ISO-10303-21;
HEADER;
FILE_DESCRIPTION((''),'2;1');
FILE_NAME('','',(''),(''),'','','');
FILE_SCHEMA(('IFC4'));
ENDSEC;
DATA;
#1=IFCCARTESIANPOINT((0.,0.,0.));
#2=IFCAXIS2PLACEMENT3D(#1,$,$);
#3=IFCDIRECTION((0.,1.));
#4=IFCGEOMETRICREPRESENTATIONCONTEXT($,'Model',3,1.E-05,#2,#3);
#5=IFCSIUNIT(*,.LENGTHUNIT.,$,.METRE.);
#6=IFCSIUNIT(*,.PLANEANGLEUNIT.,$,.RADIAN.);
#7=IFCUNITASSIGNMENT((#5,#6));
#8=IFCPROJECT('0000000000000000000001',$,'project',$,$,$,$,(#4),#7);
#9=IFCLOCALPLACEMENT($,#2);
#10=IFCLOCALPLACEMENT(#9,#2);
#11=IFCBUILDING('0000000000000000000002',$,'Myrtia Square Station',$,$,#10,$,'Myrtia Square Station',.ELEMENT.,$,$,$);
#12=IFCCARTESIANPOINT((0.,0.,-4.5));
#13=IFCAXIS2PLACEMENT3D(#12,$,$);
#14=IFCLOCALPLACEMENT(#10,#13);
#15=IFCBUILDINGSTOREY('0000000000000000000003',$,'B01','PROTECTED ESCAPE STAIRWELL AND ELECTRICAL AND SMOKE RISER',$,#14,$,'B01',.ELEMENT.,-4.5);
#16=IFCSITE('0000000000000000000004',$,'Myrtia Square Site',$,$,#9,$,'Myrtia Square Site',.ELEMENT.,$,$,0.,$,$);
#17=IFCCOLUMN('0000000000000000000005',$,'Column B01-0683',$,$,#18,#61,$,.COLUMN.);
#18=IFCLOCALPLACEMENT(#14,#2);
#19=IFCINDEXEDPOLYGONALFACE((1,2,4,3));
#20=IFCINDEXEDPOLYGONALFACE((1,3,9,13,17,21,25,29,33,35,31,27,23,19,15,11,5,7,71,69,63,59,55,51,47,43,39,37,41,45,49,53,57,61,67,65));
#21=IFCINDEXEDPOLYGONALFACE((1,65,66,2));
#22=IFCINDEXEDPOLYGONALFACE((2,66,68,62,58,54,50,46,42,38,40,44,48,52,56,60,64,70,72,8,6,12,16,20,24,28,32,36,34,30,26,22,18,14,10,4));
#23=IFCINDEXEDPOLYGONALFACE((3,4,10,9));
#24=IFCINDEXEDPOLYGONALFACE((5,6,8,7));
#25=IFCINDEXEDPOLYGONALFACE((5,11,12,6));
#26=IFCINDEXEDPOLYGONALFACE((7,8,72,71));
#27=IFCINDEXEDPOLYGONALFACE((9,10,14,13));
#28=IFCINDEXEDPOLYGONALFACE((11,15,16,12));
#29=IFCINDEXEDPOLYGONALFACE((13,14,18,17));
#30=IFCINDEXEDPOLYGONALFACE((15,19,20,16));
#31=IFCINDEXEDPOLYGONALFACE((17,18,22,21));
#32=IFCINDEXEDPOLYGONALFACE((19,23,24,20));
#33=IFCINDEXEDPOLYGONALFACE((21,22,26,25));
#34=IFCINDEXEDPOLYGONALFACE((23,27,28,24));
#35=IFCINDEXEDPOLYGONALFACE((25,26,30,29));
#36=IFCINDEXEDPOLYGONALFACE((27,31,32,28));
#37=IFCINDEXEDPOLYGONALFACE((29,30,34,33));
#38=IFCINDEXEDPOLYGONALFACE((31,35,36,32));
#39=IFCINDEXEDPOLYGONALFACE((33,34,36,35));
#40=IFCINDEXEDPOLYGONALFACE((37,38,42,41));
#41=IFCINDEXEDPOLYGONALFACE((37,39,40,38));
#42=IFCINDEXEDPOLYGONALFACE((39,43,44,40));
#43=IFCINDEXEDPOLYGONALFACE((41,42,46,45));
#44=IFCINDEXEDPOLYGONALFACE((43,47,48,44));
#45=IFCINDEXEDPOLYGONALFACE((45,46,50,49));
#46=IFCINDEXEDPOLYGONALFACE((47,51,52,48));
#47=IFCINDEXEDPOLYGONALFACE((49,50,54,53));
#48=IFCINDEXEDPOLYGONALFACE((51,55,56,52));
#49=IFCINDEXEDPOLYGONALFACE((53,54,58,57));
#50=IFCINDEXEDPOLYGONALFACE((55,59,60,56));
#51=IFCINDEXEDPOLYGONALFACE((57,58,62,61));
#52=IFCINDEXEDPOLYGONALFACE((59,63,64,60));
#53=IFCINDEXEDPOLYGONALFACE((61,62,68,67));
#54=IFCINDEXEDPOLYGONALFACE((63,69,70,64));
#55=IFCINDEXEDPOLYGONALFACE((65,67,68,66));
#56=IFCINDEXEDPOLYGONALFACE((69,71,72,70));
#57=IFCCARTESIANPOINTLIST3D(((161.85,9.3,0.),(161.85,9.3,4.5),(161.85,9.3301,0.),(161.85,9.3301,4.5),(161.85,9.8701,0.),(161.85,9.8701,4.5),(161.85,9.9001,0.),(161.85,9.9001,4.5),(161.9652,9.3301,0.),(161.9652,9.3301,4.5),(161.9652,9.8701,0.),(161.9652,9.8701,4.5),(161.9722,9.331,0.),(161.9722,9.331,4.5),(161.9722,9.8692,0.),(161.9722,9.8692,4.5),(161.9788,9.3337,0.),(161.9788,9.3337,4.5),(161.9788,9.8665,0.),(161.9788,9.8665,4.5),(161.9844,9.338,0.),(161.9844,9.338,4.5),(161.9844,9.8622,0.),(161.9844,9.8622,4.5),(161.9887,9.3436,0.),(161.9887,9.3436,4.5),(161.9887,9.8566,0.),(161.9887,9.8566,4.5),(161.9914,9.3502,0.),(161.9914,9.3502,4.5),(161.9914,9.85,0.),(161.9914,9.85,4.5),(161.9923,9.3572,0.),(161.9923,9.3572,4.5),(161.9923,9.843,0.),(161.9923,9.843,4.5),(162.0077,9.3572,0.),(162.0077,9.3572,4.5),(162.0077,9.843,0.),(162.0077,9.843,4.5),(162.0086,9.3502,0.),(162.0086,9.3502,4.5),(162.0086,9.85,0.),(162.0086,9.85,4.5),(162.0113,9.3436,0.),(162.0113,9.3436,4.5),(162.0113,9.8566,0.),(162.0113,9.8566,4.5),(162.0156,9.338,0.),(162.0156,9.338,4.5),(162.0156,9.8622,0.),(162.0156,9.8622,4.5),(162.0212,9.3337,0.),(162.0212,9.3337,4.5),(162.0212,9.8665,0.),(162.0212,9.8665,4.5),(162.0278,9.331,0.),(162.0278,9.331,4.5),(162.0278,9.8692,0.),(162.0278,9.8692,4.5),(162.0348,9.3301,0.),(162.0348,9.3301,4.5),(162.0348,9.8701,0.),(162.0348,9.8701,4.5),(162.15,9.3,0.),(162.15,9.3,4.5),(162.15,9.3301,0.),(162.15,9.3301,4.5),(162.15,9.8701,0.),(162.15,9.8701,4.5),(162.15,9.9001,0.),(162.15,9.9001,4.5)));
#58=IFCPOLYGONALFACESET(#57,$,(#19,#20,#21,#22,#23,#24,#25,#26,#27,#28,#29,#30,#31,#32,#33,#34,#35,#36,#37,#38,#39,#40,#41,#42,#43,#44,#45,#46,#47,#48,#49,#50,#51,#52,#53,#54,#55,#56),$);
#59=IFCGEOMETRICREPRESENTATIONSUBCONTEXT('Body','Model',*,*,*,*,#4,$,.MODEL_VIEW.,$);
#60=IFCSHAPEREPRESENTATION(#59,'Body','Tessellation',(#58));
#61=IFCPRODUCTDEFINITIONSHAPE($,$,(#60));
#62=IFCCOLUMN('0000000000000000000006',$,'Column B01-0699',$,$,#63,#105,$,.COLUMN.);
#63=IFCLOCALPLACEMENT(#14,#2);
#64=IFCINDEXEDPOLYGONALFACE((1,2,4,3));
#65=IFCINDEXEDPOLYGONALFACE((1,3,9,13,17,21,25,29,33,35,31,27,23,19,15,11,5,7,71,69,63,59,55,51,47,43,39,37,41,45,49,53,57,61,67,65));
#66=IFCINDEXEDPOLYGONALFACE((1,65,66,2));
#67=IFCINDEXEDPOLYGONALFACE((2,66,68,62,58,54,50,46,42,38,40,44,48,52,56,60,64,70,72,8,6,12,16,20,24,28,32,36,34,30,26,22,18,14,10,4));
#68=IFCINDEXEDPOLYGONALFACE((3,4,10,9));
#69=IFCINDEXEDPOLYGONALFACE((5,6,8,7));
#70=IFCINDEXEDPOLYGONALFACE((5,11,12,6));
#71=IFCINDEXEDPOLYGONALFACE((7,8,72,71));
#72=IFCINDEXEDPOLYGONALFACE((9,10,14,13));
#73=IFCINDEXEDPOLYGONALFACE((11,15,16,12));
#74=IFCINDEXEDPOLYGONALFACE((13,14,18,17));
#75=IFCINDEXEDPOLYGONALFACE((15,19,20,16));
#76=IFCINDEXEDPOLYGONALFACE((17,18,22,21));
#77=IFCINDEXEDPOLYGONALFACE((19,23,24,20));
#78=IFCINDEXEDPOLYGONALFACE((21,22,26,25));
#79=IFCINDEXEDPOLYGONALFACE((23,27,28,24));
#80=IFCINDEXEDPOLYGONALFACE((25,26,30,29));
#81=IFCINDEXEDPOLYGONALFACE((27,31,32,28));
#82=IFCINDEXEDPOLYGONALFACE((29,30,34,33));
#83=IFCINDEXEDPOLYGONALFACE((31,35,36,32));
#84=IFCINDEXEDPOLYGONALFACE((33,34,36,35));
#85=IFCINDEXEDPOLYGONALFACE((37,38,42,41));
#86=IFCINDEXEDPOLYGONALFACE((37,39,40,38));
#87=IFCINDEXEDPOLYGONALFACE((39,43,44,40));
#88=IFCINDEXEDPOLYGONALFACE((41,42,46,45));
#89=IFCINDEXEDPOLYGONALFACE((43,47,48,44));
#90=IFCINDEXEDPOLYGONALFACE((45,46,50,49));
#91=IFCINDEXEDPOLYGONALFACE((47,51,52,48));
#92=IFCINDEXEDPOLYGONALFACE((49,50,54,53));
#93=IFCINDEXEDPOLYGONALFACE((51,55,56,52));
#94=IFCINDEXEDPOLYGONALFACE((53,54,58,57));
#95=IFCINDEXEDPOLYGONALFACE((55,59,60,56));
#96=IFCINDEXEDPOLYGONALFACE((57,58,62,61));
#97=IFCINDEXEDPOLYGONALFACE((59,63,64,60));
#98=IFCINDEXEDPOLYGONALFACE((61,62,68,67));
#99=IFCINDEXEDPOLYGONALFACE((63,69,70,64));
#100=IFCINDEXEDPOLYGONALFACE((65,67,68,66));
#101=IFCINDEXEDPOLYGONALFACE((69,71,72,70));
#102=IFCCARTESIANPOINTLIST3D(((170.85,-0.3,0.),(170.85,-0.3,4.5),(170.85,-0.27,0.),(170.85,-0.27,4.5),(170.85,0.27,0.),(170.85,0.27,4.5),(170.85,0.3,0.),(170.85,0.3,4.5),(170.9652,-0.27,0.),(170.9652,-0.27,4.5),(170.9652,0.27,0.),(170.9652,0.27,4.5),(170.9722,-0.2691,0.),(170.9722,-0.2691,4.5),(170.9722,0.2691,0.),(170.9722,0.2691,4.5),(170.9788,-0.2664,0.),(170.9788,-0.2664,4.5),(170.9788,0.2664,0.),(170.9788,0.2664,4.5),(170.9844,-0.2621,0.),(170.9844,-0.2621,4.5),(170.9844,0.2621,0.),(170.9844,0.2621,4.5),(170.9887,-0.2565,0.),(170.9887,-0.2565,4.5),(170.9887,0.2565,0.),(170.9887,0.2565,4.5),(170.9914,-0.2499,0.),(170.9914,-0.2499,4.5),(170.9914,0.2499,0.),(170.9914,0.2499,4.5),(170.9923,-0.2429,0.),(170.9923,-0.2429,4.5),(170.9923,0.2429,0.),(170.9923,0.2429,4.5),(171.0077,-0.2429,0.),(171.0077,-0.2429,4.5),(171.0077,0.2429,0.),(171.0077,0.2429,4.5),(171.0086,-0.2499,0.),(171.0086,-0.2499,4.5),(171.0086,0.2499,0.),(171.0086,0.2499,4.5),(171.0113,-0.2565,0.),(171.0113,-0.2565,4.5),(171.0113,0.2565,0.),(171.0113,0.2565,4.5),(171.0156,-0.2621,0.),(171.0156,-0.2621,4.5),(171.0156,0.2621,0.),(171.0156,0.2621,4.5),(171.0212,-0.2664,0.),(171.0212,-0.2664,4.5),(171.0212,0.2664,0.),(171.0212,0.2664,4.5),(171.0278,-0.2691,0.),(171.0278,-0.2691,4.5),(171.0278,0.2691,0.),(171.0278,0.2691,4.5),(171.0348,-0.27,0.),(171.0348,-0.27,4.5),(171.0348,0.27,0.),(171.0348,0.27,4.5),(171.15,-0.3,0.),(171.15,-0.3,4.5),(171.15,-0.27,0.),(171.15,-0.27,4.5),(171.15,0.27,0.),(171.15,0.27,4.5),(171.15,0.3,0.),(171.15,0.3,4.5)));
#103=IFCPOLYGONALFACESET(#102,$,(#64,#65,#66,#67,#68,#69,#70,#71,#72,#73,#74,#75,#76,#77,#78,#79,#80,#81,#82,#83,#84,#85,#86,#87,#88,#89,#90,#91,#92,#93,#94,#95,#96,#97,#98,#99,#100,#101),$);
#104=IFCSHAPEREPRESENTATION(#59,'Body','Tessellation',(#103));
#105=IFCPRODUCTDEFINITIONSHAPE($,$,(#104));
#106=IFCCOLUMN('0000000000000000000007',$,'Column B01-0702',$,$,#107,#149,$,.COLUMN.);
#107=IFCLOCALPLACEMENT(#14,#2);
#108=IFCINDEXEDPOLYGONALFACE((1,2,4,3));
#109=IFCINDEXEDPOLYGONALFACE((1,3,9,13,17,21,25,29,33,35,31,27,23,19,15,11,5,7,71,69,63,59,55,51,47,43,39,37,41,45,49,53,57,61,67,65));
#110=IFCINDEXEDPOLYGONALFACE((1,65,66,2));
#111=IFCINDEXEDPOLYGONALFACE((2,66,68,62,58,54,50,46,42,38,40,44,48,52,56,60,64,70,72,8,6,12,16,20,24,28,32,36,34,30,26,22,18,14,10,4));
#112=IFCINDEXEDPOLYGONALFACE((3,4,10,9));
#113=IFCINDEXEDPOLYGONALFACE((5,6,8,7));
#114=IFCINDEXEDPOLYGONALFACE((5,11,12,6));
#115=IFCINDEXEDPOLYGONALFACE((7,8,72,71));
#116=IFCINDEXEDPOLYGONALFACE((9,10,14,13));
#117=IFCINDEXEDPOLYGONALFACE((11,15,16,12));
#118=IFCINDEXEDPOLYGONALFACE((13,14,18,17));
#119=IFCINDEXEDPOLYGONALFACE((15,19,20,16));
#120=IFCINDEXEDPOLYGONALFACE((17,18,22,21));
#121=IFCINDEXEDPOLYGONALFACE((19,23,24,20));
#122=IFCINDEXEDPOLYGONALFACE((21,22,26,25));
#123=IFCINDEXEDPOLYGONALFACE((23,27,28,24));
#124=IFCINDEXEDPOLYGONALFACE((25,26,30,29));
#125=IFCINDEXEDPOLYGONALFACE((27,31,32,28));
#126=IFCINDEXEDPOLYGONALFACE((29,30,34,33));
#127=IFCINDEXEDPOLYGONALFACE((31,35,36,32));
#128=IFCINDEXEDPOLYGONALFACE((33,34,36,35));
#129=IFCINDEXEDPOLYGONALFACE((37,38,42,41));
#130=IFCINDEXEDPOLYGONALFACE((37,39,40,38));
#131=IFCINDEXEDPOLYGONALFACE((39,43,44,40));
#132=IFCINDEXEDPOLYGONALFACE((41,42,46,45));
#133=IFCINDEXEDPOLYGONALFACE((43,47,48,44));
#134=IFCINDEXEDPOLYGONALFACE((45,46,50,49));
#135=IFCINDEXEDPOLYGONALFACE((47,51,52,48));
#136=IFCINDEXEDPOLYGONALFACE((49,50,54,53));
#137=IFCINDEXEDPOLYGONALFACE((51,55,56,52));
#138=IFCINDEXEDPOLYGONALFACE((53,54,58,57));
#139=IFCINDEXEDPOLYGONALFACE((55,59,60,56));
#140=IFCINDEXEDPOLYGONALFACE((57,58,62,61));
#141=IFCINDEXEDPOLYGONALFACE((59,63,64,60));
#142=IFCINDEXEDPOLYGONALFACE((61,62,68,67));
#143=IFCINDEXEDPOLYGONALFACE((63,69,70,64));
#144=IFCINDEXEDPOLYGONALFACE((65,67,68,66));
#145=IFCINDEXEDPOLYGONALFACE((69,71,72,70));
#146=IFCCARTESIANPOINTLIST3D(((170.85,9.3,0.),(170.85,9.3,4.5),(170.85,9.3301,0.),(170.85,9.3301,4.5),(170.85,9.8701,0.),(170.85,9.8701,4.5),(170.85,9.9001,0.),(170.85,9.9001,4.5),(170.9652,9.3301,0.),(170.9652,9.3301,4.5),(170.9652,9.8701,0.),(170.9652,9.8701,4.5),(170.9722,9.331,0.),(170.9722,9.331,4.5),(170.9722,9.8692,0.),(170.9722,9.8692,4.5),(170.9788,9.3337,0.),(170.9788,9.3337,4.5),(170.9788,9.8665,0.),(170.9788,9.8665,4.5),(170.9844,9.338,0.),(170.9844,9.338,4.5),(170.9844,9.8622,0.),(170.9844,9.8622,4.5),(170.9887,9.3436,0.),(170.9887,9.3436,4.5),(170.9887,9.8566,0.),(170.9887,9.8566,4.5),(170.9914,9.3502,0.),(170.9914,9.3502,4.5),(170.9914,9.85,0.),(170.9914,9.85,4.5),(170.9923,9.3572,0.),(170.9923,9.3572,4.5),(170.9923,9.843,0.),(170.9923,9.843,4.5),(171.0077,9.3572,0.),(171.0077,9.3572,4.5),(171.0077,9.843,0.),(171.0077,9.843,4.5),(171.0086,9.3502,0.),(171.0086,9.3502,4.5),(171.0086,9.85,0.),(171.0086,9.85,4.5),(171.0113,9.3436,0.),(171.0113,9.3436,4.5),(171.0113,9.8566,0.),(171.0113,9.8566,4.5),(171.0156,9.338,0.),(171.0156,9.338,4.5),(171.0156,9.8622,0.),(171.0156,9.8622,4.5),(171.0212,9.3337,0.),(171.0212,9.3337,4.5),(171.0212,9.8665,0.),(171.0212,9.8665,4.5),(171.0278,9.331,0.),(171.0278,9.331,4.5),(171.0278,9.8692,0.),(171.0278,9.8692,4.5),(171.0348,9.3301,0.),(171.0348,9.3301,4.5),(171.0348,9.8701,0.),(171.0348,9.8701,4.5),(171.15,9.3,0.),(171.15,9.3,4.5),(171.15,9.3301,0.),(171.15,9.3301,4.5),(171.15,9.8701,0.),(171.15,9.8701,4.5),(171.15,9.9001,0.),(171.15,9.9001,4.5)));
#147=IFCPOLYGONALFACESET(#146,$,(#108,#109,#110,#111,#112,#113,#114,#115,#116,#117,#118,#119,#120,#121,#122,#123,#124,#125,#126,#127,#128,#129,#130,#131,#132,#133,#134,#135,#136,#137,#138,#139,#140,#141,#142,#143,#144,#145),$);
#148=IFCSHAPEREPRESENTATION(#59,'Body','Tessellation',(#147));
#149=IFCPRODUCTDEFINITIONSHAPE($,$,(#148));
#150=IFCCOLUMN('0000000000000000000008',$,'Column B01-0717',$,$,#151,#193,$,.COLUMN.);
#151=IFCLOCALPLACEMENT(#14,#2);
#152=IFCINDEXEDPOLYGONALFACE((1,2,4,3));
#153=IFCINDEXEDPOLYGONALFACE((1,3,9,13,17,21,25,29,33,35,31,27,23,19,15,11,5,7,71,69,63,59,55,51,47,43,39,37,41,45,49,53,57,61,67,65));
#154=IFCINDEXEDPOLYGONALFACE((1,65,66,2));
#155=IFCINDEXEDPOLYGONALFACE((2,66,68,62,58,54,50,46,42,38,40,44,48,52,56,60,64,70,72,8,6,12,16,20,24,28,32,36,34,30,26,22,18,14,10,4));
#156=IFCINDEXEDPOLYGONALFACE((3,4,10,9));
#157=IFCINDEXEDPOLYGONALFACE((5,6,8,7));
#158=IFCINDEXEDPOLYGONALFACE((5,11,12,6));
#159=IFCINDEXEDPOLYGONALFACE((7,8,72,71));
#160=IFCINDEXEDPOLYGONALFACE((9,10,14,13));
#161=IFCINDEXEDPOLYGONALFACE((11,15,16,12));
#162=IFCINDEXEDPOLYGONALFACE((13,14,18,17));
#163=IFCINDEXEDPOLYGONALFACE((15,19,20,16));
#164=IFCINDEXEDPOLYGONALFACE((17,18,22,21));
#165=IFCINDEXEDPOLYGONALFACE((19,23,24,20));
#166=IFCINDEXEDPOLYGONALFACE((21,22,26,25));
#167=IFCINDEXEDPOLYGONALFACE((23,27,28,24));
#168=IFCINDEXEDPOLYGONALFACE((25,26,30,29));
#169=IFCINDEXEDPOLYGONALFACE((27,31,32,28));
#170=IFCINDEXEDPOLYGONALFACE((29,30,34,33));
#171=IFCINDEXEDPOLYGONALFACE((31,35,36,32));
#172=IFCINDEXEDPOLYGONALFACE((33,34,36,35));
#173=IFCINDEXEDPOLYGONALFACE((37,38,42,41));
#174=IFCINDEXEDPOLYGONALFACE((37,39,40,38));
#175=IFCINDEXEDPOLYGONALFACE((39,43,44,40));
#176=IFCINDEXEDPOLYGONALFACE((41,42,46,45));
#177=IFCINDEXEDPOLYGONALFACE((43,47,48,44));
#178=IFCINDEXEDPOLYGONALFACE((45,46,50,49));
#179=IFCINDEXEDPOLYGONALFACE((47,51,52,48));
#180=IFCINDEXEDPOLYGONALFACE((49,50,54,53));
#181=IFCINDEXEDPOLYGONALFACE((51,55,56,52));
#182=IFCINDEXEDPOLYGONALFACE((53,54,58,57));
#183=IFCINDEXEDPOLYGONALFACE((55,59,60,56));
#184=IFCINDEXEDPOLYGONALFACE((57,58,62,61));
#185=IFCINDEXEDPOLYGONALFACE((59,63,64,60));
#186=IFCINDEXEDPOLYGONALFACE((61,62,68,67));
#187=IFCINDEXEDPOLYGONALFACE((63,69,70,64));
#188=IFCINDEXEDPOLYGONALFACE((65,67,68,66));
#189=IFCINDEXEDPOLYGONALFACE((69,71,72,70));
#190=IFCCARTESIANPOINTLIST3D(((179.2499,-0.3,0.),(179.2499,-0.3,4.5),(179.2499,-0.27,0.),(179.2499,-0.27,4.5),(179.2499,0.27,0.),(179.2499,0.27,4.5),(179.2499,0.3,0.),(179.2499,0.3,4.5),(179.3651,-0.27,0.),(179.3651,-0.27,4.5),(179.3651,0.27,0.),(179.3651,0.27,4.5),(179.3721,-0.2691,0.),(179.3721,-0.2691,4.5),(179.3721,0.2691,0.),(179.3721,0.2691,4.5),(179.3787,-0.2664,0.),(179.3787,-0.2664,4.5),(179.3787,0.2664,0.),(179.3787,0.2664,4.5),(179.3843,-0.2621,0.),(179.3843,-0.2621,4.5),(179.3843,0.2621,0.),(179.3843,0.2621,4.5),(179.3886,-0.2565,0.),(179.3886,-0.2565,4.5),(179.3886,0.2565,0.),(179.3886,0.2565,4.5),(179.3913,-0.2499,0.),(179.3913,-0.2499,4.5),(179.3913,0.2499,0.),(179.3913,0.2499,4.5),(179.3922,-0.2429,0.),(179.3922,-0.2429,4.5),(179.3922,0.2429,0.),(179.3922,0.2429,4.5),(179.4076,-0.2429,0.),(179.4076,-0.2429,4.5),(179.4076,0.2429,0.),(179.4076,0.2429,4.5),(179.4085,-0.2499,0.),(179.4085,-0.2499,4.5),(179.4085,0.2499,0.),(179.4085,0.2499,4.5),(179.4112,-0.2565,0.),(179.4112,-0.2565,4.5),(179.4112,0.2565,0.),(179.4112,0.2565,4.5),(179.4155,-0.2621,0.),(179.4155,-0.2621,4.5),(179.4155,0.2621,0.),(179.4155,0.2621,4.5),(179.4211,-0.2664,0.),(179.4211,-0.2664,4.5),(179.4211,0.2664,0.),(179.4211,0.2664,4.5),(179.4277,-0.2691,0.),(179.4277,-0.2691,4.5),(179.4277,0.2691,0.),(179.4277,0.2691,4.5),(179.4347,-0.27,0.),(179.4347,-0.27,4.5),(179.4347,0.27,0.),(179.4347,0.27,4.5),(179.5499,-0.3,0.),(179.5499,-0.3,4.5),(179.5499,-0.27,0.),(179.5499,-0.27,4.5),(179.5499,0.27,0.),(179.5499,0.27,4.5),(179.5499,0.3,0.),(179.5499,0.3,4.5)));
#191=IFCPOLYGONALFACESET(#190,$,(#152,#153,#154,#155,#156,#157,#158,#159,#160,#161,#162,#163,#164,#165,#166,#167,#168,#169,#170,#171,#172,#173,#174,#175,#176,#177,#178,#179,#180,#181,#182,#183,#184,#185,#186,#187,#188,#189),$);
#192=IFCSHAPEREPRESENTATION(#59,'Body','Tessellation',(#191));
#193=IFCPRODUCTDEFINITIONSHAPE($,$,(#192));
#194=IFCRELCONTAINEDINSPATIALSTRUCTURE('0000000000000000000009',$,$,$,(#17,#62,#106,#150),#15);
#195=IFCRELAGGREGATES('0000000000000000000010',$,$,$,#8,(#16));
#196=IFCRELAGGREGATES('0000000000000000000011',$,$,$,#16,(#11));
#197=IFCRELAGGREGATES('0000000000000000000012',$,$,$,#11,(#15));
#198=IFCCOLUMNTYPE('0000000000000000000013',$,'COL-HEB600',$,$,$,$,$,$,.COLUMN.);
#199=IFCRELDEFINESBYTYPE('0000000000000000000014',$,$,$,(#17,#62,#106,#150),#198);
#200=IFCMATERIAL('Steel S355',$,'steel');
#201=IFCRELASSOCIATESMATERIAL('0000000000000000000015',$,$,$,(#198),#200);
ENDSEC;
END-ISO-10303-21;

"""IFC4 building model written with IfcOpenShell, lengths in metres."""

from ifc_helpers import new_model, si_unit, direction, frame, origin, origin_2d, place, context, subcontext, project, spatial, i_section, extrude, material, material_profile, profile_set, type_object, element, save


model = new_model("IFC4")

# Units and contexts
model_context = context("Model", 3, precision=1e-05, world=origin(), true_north=direction((0.0, 1.0)))
body_context = subcontext(model_context, "Body", "Model", "MODEL_VIEW")
ifc_project = project(units=[si_unit("LENGTHUNIT", "METRE"), si_unit("PLANEANGLEUNIT", "RADIAN")], contexts=[model_context])

# Site, building, storey
site_placement = place(None, origin())
site = spatial("IfcSite", under=ifc_project, at=site_placement, Name="Myrtia Square Site", LongName="Myrtia Square Site", CompositionType="ELEMENT", RefElevation=0.0)
building_placement = place(site_placement, origin())
building = spatial("IfcBuilding", under=site, at=building_placement, Name="Myrtia Square Station", LongName="Myrtia Square Station", CompositionType="ELEMENT")
storey_placement = place(building_placement, frame((0.0, 0.0, -4.5)))
storey = spatial("IfcBuildingStorey", under=building, at=storey_placement, Name="B01", Description="PROTECTED ESCAPE STAIRWELL AND ELECTRICAL AND SMOKE RISER", LongName="B01", CompositionType="ELEMENT", Elevation=-4.5)

# Columns
ifc_material_1 = material(Name="Steel S355", Category="steel")
ifc_material_profile_1 = material_profile(ifc_material_1, i_section(OverallWidth=0.3, OverallDepth=0.6001, WebThickness=0.0154, FlangeThickness=0.03, FilletRadius=0.0271, at=origin_2d()), Name="HEB 600")
ifc_profile_set_1 = profile_set([ifc_material_profile_1], Name="Steel S355")
column_type = type_object("IfcColumnType", Name="COL-HEB600", PredefinedType="COLUMN", material=ifc_profile_set_1)
for number, where, z_axis, x_axis, name in (
    (1, (162.0, 9.6001, 0.0), (0.0, 0.0, 1.0), (1.0, 0.0, 0.0), "Column B01-0683"),
    (2, (171.0, 0.0, 0.0), (0.0, 0.0, 1.0), (1.0, 0.0, 0.0), "Column B01-0699"),
    (3, (171.0, 9.6001, 0.0), (0.0, 0.0, 1.0), (1.0, 0.0, 0.0), "Column B01-0702"),
    (4, (179.3999, 0.0, 0.0), (0.0, 0.0, 1.0), (1.0, 0.0, 0.0), "Column B01-0717"),
):
    element("IfcColumn", number, at=place(storey_placement, frame(where, z_axis=z_axis, x_axis=x_axis)), inside=storey, type_object=column_type, Name=name, PredefinedType="COLUMN", context=body_context, shape_type="SweptSolid", body=[
        extrude(i_section(OverallWidth=0.3, OverallDepth=0.6001, WebThickness=0.0154, FlangeThickness=0.03, FilletRadius=0.0271, at=origin_2d()), origin(), (0.0, 0.0, 1.0), 4.5),
    ])

save(model, "model.ifc")
